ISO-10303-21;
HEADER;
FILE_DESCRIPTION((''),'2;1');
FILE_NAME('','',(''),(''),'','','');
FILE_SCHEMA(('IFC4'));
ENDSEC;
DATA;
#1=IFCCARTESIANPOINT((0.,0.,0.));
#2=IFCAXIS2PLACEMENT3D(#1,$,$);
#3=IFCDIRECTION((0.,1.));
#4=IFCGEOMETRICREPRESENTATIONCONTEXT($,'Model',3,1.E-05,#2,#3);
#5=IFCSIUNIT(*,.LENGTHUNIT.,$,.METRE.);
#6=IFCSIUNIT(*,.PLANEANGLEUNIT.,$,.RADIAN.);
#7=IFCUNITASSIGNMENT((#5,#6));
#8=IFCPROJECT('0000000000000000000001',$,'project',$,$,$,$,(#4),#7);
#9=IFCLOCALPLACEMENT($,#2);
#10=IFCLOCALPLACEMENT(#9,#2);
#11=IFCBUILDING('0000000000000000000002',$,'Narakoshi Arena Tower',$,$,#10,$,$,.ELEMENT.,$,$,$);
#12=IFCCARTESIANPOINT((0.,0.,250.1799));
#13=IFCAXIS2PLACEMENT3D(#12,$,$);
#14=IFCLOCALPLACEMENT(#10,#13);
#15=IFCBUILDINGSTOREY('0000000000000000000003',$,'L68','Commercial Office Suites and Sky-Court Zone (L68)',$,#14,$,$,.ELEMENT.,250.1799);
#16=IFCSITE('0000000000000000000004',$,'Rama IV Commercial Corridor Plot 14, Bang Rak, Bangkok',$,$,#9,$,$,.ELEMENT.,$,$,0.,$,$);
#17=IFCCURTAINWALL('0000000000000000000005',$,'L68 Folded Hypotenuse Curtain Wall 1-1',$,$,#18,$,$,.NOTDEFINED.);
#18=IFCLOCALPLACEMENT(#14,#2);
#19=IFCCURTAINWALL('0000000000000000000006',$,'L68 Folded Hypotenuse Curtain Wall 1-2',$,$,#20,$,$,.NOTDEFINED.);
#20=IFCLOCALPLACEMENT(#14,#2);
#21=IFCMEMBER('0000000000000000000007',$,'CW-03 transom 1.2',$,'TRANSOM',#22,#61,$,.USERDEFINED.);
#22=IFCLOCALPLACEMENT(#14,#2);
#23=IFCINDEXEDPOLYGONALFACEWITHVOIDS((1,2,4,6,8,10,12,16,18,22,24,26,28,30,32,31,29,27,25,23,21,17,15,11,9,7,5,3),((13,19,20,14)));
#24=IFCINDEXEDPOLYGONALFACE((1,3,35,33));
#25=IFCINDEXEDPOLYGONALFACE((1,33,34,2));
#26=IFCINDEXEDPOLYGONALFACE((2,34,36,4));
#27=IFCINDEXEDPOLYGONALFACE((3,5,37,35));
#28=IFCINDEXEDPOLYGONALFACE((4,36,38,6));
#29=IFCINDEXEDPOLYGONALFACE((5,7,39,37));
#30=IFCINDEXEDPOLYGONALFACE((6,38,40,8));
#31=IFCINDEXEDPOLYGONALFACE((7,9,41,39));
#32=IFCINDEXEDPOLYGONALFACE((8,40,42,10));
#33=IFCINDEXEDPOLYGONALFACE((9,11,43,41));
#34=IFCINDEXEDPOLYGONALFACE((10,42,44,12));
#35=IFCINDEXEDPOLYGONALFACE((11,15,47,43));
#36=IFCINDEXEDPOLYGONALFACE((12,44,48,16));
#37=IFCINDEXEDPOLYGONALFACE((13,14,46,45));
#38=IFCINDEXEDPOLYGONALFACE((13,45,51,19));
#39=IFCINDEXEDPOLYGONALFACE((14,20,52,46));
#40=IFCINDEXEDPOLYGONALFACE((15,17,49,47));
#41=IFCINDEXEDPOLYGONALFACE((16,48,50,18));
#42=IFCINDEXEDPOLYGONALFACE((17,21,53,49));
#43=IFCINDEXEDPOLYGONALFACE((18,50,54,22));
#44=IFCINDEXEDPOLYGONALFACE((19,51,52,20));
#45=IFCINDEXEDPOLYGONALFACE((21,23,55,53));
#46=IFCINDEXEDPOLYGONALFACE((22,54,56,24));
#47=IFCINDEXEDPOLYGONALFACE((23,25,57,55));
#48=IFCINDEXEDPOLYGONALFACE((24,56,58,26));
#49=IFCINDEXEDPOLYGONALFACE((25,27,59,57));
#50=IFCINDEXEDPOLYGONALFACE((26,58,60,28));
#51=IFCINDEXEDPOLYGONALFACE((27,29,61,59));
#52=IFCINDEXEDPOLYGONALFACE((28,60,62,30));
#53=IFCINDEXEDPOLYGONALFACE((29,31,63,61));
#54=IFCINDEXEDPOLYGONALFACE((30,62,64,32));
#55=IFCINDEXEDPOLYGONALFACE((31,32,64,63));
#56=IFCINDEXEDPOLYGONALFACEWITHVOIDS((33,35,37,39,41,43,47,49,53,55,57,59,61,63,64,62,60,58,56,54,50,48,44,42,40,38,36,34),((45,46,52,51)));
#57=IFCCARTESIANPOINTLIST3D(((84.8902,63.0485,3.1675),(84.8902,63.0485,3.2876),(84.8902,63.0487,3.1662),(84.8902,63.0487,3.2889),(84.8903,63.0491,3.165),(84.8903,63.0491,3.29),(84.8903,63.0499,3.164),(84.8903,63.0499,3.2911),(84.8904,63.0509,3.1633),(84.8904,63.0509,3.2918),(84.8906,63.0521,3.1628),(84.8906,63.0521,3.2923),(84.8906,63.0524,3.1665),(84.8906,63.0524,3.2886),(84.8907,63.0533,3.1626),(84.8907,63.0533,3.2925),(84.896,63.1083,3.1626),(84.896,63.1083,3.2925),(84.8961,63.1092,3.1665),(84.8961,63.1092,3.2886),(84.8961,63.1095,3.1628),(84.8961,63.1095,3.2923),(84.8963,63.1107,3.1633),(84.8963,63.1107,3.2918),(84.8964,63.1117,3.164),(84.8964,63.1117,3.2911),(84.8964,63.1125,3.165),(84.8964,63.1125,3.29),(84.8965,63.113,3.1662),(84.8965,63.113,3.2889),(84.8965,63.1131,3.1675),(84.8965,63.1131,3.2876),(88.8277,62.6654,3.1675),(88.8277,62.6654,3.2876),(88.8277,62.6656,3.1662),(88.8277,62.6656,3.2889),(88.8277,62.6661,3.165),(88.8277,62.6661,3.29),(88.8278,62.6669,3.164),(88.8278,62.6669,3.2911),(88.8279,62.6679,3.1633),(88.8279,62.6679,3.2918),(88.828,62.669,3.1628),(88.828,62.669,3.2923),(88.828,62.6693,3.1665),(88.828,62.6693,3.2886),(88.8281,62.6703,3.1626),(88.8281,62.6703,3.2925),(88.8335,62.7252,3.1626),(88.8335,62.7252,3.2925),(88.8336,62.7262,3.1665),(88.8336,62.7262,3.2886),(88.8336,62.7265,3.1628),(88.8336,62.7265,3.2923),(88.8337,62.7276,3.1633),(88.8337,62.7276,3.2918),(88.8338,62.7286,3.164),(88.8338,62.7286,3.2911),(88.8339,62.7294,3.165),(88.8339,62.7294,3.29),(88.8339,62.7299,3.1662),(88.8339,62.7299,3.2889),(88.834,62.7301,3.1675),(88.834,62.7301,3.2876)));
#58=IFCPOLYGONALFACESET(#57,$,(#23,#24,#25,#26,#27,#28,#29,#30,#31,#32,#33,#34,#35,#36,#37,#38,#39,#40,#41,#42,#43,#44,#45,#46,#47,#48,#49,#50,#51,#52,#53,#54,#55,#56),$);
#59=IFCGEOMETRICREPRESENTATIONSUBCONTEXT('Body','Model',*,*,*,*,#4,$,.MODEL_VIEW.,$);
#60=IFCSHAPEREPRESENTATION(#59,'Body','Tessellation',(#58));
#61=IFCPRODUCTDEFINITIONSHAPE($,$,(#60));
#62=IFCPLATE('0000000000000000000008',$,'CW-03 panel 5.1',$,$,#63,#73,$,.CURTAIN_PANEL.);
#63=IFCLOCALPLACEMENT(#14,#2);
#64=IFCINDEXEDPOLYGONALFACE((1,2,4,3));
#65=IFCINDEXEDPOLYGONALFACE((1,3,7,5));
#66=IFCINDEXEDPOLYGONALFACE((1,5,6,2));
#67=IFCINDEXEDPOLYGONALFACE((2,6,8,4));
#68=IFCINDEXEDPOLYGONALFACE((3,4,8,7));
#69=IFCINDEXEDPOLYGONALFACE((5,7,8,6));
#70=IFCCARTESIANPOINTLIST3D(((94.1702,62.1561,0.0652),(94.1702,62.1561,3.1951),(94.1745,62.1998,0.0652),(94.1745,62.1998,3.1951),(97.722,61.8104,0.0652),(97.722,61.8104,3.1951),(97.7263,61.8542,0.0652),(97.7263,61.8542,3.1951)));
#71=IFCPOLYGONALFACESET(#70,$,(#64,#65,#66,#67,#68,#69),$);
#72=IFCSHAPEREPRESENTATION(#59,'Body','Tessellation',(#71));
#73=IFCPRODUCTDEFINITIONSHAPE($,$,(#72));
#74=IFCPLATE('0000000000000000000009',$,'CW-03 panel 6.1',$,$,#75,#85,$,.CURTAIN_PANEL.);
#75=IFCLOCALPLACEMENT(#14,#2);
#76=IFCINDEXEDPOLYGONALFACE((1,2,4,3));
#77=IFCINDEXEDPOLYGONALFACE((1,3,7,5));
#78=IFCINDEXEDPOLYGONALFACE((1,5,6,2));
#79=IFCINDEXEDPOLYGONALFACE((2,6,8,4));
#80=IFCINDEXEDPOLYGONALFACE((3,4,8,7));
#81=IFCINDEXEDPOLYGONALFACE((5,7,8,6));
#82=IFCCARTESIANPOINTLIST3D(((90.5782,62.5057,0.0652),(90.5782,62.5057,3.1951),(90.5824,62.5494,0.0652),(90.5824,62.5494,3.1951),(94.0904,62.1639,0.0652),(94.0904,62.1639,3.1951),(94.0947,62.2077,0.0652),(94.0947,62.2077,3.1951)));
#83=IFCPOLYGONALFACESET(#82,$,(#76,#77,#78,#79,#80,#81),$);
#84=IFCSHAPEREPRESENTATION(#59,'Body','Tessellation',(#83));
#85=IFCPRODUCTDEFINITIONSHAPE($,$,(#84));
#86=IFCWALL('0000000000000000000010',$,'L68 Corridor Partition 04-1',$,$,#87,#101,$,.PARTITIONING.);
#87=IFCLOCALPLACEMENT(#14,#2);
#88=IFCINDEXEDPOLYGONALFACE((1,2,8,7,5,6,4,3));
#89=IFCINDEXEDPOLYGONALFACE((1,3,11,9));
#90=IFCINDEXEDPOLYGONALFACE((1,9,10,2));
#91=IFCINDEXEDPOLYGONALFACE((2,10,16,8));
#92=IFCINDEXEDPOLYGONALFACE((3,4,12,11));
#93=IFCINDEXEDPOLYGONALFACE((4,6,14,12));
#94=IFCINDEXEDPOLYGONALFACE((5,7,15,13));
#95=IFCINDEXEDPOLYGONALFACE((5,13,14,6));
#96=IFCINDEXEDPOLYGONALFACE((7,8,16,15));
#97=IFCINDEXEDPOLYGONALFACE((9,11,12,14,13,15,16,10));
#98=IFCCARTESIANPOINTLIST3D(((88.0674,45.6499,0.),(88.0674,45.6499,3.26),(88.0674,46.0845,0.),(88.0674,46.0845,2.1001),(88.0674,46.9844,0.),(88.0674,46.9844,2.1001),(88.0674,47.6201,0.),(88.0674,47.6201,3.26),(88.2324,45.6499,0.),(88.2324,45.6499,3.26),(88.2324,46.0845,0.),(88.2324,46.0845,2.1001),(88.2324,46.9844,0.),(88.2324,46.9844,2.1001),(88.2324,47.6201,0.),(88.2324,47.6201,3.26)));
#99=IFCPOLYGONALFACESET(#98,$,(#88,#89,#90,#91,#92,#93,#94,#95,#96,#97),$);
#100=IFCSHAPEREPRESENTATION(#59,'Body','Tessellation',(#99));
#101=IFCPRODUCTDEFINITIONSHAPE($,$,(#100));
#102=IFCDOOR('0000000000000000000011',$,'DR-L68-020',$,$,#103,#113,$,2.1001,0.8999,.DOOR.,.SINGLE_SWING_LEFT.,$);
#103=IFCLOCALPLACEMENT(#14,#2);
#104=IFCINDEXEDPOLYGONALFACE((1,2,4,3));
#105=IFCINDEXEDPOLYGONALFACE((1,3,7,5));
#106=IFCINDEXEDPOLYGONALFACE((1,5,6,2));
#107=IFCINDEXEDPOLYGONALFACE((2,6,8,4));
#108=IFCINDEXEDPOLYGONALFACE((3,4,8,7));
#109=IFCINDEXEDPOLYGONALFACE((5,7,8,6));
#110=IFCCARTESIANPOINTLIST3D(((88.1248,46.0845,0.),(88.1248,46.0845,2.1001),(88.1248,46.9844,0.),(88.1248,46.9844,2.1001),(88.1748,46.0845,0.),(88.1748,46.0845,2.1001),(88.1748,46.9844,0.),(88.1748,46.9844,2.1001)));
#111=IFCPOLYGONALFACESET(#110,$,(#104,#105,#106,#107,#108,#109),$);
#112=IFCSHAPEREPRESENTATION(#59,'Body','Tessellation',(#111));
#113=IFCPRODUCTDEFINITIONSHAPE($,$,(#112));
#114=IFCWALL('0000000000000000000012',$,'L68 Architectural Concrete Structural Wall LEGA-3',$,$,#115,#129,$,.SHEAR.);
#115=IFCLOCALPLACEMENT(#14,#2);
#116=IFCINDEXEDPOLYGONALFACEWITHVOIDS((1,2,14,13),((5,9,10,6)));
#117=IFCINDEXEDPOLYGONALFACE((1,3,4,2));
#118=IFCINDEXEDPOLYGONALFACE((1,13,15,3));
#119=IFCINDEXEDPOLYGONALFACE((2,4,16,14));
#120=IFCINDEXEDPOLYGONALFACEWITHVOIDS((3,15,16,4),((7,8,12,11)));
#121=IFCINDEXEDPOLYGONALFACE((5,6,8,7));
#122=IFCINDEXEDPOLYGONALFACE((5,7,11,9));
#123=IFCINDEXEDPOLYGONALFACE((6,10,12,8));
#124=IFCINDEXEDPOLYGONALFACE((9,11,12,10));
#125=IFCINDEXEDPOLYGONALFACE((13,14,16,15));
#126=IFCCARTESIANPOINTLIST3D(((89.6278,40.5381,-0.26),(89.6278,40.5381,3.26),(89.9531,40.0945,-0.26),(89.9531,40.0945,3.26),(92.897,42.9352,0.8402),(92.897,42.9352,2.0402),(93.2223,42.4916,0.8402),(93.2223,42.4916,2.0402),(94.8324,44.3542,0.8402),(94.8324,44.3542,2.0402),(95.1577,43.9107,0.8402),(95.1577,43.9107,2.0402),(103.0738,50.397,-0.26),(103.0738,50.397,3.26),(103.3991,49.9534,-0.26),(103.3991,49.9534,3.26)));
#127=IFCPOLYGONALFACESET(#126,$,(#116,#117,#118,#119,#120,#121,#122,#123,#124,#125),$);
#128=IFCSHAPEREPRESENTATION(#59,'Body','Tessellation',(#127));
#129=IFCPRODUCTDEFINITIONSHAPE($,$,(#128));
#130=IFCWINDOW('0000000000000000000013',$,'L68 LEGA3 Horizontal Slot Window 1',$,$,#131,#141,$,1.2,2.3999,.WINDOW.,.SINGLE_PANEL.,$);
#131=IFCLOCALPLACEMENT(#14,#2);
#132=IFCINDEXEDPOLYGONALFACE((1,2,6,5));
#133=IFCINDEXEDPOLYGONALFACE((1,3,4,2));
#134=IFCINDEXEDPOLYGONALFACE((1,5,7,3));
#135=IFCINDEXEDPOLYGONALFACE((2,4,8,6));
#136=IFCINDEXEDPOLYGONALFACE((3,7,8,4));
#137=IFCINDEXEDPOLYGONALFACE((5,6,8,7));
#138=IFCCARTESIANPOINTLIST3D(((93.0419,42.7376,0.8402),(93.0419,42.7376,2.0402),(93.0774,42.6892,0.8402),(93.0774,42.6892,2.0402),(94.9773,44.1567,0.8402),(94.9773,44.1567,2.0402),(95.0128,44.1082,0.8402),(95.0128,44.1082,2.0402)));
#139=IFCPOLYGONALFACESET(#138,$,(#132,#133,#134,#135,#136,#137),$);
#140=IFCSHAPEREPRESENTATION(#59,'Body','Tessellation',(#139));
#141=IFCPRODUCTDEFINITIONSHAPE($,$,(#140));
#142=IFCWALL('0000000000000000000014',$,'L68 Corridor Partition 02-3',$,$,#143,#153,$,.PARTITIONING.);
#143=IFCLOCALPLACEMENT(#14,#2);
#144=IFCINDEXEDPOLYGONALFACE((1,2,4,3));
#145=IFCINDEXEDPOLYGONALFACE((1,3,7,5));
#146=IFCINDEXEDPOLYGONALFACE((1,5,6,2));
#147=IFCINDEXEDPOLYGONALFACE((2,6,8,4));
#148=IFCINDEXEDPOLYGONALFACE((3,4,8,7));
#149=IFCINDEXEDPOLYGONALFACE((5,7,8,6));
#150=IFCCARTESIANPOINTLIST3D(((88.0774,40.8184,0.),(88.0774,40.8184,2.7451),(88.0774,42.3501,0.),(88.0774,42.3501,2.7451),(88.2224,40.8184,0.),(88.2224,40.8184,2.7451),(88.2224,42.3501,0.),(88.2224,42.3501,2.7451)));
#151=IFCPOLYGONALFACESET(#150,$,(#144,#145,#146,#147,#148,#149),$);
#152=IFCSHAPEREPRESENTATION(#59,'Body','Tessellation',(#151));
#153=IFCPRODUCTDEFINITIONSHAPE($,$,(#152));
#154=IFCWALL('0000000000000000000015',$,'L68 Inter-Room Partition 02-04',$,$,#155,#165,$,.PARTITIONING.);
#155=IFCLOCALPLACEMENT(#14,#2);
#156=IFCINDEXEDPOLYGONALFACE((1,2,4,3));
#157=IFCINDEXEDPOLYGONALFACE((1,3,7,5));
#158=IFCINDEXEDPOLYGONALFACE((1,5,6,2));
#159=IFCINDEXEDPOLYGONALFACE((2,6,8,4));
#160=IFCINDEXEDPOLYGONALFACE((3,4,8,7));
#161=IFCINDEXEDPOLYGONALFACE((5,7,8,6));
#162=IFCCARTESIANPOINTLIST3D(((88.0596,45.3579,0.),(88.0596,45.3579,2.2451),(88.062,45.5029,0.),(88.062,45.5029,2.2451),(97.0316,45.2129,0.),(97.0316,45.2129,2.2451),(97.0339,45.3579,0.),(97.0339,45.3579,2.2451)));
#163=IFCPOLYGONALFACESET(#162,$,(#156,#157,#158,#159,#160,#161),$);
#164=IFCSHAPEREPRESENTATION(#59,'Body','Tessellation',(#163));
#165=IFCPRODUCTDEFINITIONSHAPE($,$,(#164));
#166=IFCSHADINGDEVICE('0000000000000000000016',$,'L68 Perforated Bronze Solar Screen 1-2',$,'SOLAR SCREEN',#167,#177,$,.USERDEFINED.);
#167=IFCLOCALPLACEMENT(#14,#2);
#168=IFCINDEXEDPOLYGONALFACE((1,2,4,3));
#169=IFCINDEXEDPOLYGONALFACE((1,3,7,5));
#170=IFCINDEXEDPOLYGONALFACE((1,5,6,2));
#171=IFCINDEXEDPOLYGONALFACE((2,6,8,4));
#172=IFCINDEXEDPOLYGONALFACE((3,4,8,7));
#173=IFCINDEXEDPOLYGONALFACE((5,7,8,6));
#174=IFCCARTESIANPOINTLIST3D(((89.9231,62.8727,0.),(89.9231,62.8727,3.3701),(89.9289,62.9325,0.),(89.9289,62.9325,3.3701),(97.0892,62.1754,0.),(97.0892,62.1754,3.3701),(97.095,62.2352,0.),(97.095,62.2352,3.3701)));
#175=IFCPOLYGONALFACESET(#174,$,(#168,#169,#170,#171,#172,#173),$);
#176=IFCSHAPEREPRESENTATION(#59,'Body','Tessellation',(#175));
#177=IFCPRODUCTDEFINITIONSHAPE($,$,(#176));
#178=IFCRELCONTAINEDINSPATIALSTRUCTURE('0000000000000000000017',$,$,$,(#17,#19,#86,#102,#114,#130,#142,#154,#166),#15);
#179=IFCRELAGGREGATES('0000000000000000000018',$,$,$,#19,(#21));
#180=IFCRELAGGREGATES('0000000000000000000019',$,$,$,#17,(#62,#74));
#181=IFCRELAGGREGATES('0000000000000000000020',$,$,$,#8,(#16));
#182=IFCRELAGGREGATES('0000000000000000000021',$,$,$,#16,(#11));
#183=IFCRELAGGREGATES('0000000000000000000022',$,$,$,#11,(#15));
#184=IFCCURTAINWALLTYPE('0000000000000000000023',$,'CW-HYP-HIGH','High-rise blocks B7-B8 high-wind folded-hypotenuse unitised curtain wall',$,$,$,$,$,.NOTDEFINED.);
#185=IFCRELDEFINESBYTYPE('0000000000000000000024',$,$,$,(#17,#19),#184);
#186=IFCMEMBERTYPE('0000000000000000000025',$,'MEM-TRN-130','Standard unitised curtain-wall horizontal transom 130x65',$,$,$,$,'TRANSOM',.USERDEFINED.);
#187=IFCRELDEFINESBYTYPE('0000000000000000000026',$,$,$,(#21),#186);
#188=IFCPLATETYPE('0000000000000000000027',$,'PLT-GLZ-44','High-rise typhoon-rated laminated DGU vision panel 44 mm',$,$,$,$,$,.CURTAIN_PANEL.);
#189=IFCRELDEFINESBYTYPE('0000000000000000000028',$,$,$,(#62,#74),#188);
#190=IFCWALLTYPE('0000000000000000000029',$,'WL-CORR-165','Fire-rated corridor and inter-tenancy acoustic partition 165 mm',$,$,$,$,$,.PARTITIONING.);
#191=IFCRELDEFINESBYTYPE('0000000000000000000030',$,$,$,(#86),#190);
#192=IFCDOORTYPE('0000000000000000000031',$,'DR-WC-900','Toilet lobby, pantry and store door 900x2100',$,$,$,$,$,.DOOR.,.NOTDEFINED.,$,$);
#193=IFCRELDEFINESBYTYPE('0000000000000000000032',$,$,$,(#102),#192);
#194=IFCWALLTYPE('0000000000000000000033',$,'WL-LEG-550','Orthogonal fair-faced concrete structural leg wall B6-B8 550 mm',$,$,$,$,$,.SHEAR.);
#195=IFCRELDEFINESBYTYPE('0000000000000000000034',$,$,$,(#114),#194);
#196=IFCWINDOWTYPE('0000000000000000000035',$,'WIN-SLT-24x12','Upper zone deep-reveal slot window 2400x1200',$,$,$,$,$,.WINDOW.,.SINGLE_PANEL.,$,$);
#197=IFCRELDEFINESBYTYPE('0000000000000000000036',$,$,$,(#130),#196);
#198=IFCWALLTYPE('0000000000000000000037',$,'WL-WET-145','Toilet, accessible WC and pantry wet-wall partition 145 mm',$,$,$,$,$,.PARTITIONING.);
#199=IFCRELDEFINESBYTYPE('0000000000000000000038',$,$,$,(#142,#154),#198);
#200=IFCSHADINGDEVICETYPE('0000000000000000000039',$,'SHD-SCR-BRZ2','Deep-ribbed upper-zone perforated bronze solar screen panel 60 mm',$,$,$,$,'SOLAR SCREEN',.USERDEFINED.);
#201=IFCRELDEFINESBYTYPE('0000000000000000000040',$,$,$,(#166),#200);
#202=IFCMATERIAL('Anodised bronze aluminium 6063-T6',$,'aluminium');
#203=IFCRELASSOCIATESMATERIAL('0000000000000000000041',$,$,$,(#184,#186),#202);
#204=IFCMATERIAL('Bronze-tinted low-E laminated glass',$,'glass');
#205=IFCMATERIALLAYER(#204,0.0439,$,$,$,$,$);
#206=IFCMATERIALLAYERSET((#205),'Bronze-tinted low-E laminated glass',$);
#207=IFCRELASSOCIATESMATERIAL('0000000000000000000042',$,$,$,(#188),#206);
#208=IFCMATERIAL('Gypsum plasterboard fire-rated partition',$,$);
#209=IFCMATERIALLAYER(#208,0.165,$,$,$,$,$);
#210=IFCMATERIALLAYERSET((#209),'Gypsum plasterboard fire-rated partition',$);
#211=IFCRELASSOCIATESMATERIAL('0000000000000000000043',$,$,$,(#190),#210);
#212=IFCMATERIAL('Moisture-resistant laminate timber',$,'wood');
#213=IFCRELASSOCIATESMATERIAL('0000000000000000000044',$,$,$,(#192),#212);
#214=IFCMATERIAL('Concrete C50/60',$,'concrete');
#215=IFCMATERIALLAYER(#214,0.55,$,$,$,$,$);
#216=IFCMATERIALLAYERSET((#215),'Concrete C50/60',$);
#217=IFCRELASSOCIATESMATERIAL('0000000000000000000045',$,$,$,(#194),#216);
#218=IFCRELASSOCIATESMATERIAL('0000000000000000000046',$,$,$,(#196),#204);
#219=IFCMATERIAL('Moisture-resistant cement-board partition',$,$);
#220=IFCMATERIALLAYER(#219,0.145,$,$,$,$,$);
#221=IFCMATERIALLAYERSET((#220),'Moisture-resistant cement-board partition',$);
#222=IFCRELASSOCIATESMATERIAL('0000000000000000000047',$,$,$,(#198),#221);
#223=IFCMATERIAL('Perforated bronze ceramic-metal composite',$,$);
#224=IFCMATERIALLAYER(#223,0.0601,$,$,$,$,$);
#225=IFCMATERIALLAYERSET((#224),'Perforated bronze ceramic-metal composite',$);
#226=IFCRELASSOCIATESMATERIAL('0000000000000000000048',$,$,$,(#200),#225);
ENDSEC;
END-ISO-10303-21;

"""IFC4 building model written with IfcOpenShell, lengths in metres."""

from ifc_helpers import new_model, si_unit, direction, frame, frame_2d, origin, origin_2d, place, context, subcontext, project, spatial, rectangle, hollow_rectangle, extrude, material, layer, layer_set, material_profile, profile_set, type_object, element, fill, aggregate, save


model = new_model("IFC4")

# Units and contexts
model_context = context("Model", 3, precision=1e-05, world=origin(), true_north=direction((0.0, 1.0)))
body_context = subcontext(model_context, "Body", "Model", "MODEL_VIEW")
ifc_project = project(units=[si_unit("LENGTHUNIT", "METRE"), si_unit("PLANEANGLEUNIT", "RADIAN")], contexts=[model_context])

# Site, building, storey
site_placement = place(None, origin())
site = spatial("IfcSite", under=ifc_project, at=site_placement, Name="Rama IV Commercial Corridor Plot 14, Bang Rak, Bangkok", CompositionType="ELEMENT", RefElevation=0.0)
building_placement = place(site_placement, origin())
building = spatial("IfcBuilding", under=site, at=building_placement, Name="Narakoshi Arena Tower", CompositionType="ELEMENT")
storey_placement = place(building_placement, frame((0.0, 0.0, 250.1799)))
storey = spatial("IfcBuildingStorey", under=building, at=storey_placement, Name="L68", Description="Commercial Office Suites and Sky-Court Zone (L68)", CompositionType="ELEMENT", Elevation=250.1799)

# Shared definitions
ifc_material_1 = material(Name="Concrete C50/60", Category="concrete")

# Curtain wall
ifc_material_2 = material(Name="Anodised bronze aluminium 6063-T6", Category="aluminium")
curtain_wall_type = type_object("IfcCurtainWallType", Name="CW-HYP-HIGH", Description="High-rise blocks B7-B8 high-wind folded-hypotenuse unitised curtain wall", PredefinedType="NOTDEFINED", material=ifc_material_2)
curtain_wall_1_placement = place(storey_placement, origin())
curtain_wall_1 = element("IfcCurtainWall", 1, at=curtain_wall_1_placement, inside=storey, type_object=curtain_wall_type, Name="L68 Folded Hypotenuse Curtain Wall 1-1", PredefinedType="NOTDEFINED")

# Curtain wall
curtain_wall_2_placement = place(storey_placement, origin())
curtain_wall_2 = element("IfcCurtainWall", 2, at=curtain_wall_2_placement, inside=storey, type_object=curtain_wall_type, Name="L68 Folded Hypotenuse Curtain Wall 1-2", PredefinedType="NOTDEFINED")

# Member
ifc_material_profile_1 = material_profile(ifc_material_2, hollow_rectangle(XDim=0.0649, YDim=0.1299, WallThickness=0.0039, OuterFilletRadius=0.0049, at=origin_2d()), Name="TRN130x65x4")
ifc_profile_set_1 = profile_set([ifc_material_profile_1], Name="Anodised bronze aluminium 6063-T6")
member_type_1 = type_object("IfcMemberType", Name="MEM-TRN-130", Description="Standard unitised curtain-wall horizontal transom 130x65", ElementType="TRANSOM", PredefinedType="USERDEFINED", material=ifc_profile_set_1)
member_1_placement = place(storey_placement, frame((88.8308, 62.6978, 3.2275), z_axis=(-0.995301, 0.096827, 0.0), x_axis=(-0.096827, -0.995301, 0.0)))
member_1 = element("IfcMember", 3, at=member_1_placement, type_object=member_type_1, Name="CW-03 transom 1.2", ObjectType="TRANSOM", PredefinedType="USERDEFINED", context=body_context, shape_type="SweptSolid", body=[
    extrude(hollow_rectangle(XDim=0.0649, YDim=0.1299, WallThickness=0.0039, OuterFilletRadius=0.0049, at=origin_2d()), origin(), (0.0, 0.0, 1.0), 3.9561),
])
aggregate(curtain_wall_2, [member_1])

# Plates
ifc_material_3 = material(Name="Bronze-tinted low-E laminated glass", Category="glass")
ifc_layer_1 = layer(ifc_material_3, 0.0439)
ifc_layer_set_1 = layer_set([ifc_layer_1], Name="Bronze-tinted low-E laminated glass")
plate_type = type_object("IfcPlateType", Name="PLT-GLZ-44", Description="High-rise typhoon-rated laminated DGU vision panel 44 mm", PredefinedType="CURTAIN_PANEL", material=ifc_layer_set_1)
plate_1_placement = place(storey_placement, frame((95.9482, 62.0051, 0.0652), z_axis=(0.0, 0.0, 1.0), x_axis=(-0.995299, 0.096851, 0.0)))
plate_1 = element("IfcPlate", 4, at=plate_1_placement, type_object=plate_type, Name="CW-03 panel 5.1", PredefinedType="CURTAIN_PANEL", context=body_context, shape_type="SweptSolid", body=[
    extrude(rectangle(XDim=3.5686, YDim=0.0439, at=origin_2d()), origin(), (0.0, 0.0, 1.0), 3.1299),
])
plate_2_placement = place(storey_placement, frame((92.3364, 62.3567, 0.0652), z_axis=(0.0, 0.0, 1.0), x_axis=(-0.995299, 0.096851, 0.0)))
plate_2 = element("IfcPlate", 5, at=plate_2_placement, type_object=plate_type, Name="CW-03 panel 6.1", PredefinedType="CURTAIN_PANEL", context=body_context, shape_type="SweptSolid", body=[
    extrude(rectangle(XDim=3.5288, YDim=0.0439, at=origin_2d()), origin(), (0.0, 0.0, 1.0), 3.1299),
])
aggregate(curtain_wall_1, [plate_1, plate_2])

# Wall, opening, door
ifc_material_4 = material(Name="Gypsum plasterboard fire-rated partition")
ifc_layer_2 = layer(ifc_material_4, 0.165)
ifc_layer_set_2 = layer_set([ifc_layer_2], Name="Gypsum plasterboard fire-rated partition")
wall_type_1 = type_object("IfcWallType", Name="WL-CORR-165", Description="Fire-rated corridor and inter-tenancy acoustic partition 165 mm", PredefinedType="PARTITIONING", material=ifc_layer_set_2)
wall_1_placement = place(storey_placement, frame((88.1499, 45.6499, 0.0), z_axis=(0.0, 0.0, 1.0), x_axis=(0.0, 1.0, 0.0)))
wall_1 = element("IfcWall", 6, at=wall_1_placement, inside=storey, type_object=wall_type_1, Name="L68 Corridor Partition 04-1", PredefinedType="PARTITIONING", context=body_context, shape_type="SweptSolid", body=[
    extrude(rectangle(XDim=1.9702, YDim=0.165, at=frame_2d((0.9851, 0.0))), origin(), (0.0, 0.0, 1.0), 3.26),
])
opening_1_placement = place(wall_1_placement, frame((0.4346, 0.0, 0.0)))
opening_1 = element("IfcOpeningElement", 7, at=opening_1_placement, cuts=wall_1, PredefinedType="OPENING", context=body_context, shape_type="SweptSolid", body=[
    extrude(rectangle(XDim=0.8999, YDim=2.1001, at=frame_2d((0.45, 1.05))), frame((0.0, 0.0925, 0.0), z_axis=(0.0, -1.0, 0.0), x_axis=(1.0, 0.0, 0.0)), (0.0, 0.0, 1.0), 0.1851),
])
ifc_material_5 = material(Name="Moisture-resistant laminate timber", Category="wood")
door_type = type_object("IfcDoorType", Name="DR-WC-900", Description="Toilet lobby, pantry and store door 900x2100", OperationType="NOTDEFINED", PredefinedType="DOOR", material=ifc_material_5)
door_placement = place(opening_1_placement, frame((0.8999, 0.0, 0.0), z_axis=(0.0, 0.0, 1.0), x_axis=(-1.0, 0.0, 0.0)))
door = element("IfcDoor", 8, at=door_placement, inside=storey, type_object=door_type, Name="DR-L68-020", OperationType="SINGLE_SWING_LEFT", OverallHeight=2.1001, OverallWidth=0.8999, PredefinedType="DOOR", context=body_context, shape_type="SweptSolid", body=[
    extrude(rectangle(XDim=0.8999, YDim=2.1001, at=frame_2d((0.45, 1.05))), frame((0.0, 0.0249, 0.0), z_axis=(0.0, -1.0, 0.0), x_axis=(1.0, 0.0, 0.0)), (0.0, 0.0, 1.0), 0.05),
])
fill(opening_1, door)

# Wall, opening, window
ifc_layer_3 = layer(ifc_material_1, 0.55)
ifc_layer_set_3 = layer_set([ifc_layer_3], Name="Concrete C50/60")
wall_type_2 = type_object("IfcWallType", Name="WL-LEG-550", Description="Orthogonal fair-faced concrete structural leg wall B6-B8 550 mm", PredefinedType="SHEAR", material=ifc_layer_set_3)
wall_2_placement = place(storey_placement, frame((89.7905, 40.3164, -0.26), z_axis=(0.0, 0.0, 1.0), x_axis=(0.806449, 0.591303, 0.0)))
wall_2 = element("IfcWall", 9, at=wall_2_placement, inside=storey, type_object=wall_type_2, Name="L68 Architectural Concrete Structural Wall LEGA-3", PredefinedType="SHEAR", context=body_context, shape_type="SweptSolid", body=[
    extrude(rectangle(XDim=16.6731, YDim=0.55, at=frame_2d((8.3364, 0.0))), origin(), (0.0, 0.0, 1.0), 3.52),
])
opening_2_placement = place(wall_2_placement, frame((4.0537, 0.0, 1.1001)))
opening_2 = element("IfcOpeningElement", 10, at=opening_2_placement, cuts=wall_2, PredefinedType="OPENING", context=body_context, shape_type="SweptSolid", body=[
    extrude(rectangle(XDim=2.3999, YDim=1.2, at=frame_2d((1.2, 0.6001))), frame((0.0, 0.2849, 0.0), z_axis=(0.0, -1.0, 0.0), x_axis=(1.0, 0.0, 0.0)), (0.0, 0.0, 1.0), 0.5701),
])
window_type = type_object("IfcWindowType", Name="WIN-SLT-24x12", Description="Upper zone deep-reveal slot window 2400x1200", PartitioningType="SINGLE_PANEL", PredefinedType="WINDOW", material=ifc_material_3)
window_placement = place(opening_2_placement, origin())
window = element("IfcWindow", 11, at=window_placement, inside=storey, type_object=window_type, Name="L68 LEGA3 Horizontal Slot Window 1", OverallHeight=1.2, OverallWidth=2.3999, PartitioningType="SINGLE_PANEL", PredefinedType="WINDOW", context=body_context, shape_type="SweptSolid", body=[
    extrude(rectangle(XDim=2.3999, YDim=1.2, at=frame_2d((1.2, 0.6001))), frame((0.0, 0.03, 0.0), z_axis=(0.0, -1.0, 0.0), x_axis=(1.0, 0.0, 0.0)), (0.0, 0.0, 1.0), 0.0601),
])
fill(opening_2, window)

# Walls
ifc_material_6 = material(Name="Moisture-resistant cement-board partition")
ifc_layer_4 = layer(ifc_material_6, 0.145)
ifc_layer_set_4 = layer_set([ifc_layer_4], Name="Moisture-resistant cement-board partition")
wall_type_3 = type_object("IfcWallType", Name="WL-WET-145", Description="Toilet, accessible WC and pantry wet-wall partition 145 mm", PredefinedType="PARTITIONING", material=ifc_layer_set_4)
wall_3_placement = place(storey_placement, frame((88.1499, 40.8184, 0.0), z_axis=(0.0, 0.0, 1.0), x_axis=(0.0, 1.0, 0.0)))
element("IfcWall", 12, at=wall_3_placement, inside=storey, type_object=wall_type_3, Name="L68 Corridor Partition 02-3", PredefinedType="PARTITIONING", context=body_context, shape_type="SweptSolid", body=[
    extrude(rectangle(XDim=1.5317, YDim=0.145, at=frame_2d((0.7659, 0.0))), origin(), (0.0, 0.0, 1.0), 2.7451),
])
wall_4_placement = place(storey_placement, frame((88.0608, 45.4304, 0.0), z_axis=(0.0, 0.0, 1.0), x_axis=(0.999869, -0.016162, 0.0)))
element("IfcWall", 13, at=wall_4_placement, inside=storey, type_object=wall_type_3, Name="L68 Inter-Room Partition 02-04", PredefinedType="PARTITIONING", context=body_context, shape_type="SweptSolid", body=[
    extrude(rectangle(XDim=8.9731, YDim=0.145, at=frame_2d((4.4866, 0.0))), origin(), (0.0, 0.0, 1.0), 2.2451),
])

# Shading device
ifc_material_7 = material(Name="Perforated bronze ceramic-metal composite")
ifc_layer_5 = layer(ifc_material_7, 0.0601)
ifc_layer_set_5 = layer_set([ifc_layer_5], Name="Perforated bronze ceramic-metal composite")
shading_device_type = type_object("IfcShadingDeviceType", Name="SHD-SCR-BRZ2", Description="Deep-ribbed upper-zone perforated bronze solar screen panel 60 mm", ElementType="SOLAR SCREEN", PredefinedType="USERDEFINED", material=ifc_layer_set_5)
shading_device_placement = place(storey_placement, frame((93.509, 62.554, 0.0), z_axis=(0.0, 0.0, 1.0), x_axis=(-0.995299, 0.096853, 0.0)))
element("IfcShadingDevice", 14, at=shading_device_placement, inside=storey, type_object=shading_device_type, Name="L68 Perforated Bronze Solar Screen 1-2", ObjectType="SOLAR SCREEN", PredefinedType="USERDEFINED", context=body_context, shape_type="SweptSolid", body=[
    extrude(rectangle(XDim=7.2, YDim=0.0601, at=origin_2d()), origin(), (0.0, 0.0, 1.0), 3.3701),
])

save(model, "model.ifc")
